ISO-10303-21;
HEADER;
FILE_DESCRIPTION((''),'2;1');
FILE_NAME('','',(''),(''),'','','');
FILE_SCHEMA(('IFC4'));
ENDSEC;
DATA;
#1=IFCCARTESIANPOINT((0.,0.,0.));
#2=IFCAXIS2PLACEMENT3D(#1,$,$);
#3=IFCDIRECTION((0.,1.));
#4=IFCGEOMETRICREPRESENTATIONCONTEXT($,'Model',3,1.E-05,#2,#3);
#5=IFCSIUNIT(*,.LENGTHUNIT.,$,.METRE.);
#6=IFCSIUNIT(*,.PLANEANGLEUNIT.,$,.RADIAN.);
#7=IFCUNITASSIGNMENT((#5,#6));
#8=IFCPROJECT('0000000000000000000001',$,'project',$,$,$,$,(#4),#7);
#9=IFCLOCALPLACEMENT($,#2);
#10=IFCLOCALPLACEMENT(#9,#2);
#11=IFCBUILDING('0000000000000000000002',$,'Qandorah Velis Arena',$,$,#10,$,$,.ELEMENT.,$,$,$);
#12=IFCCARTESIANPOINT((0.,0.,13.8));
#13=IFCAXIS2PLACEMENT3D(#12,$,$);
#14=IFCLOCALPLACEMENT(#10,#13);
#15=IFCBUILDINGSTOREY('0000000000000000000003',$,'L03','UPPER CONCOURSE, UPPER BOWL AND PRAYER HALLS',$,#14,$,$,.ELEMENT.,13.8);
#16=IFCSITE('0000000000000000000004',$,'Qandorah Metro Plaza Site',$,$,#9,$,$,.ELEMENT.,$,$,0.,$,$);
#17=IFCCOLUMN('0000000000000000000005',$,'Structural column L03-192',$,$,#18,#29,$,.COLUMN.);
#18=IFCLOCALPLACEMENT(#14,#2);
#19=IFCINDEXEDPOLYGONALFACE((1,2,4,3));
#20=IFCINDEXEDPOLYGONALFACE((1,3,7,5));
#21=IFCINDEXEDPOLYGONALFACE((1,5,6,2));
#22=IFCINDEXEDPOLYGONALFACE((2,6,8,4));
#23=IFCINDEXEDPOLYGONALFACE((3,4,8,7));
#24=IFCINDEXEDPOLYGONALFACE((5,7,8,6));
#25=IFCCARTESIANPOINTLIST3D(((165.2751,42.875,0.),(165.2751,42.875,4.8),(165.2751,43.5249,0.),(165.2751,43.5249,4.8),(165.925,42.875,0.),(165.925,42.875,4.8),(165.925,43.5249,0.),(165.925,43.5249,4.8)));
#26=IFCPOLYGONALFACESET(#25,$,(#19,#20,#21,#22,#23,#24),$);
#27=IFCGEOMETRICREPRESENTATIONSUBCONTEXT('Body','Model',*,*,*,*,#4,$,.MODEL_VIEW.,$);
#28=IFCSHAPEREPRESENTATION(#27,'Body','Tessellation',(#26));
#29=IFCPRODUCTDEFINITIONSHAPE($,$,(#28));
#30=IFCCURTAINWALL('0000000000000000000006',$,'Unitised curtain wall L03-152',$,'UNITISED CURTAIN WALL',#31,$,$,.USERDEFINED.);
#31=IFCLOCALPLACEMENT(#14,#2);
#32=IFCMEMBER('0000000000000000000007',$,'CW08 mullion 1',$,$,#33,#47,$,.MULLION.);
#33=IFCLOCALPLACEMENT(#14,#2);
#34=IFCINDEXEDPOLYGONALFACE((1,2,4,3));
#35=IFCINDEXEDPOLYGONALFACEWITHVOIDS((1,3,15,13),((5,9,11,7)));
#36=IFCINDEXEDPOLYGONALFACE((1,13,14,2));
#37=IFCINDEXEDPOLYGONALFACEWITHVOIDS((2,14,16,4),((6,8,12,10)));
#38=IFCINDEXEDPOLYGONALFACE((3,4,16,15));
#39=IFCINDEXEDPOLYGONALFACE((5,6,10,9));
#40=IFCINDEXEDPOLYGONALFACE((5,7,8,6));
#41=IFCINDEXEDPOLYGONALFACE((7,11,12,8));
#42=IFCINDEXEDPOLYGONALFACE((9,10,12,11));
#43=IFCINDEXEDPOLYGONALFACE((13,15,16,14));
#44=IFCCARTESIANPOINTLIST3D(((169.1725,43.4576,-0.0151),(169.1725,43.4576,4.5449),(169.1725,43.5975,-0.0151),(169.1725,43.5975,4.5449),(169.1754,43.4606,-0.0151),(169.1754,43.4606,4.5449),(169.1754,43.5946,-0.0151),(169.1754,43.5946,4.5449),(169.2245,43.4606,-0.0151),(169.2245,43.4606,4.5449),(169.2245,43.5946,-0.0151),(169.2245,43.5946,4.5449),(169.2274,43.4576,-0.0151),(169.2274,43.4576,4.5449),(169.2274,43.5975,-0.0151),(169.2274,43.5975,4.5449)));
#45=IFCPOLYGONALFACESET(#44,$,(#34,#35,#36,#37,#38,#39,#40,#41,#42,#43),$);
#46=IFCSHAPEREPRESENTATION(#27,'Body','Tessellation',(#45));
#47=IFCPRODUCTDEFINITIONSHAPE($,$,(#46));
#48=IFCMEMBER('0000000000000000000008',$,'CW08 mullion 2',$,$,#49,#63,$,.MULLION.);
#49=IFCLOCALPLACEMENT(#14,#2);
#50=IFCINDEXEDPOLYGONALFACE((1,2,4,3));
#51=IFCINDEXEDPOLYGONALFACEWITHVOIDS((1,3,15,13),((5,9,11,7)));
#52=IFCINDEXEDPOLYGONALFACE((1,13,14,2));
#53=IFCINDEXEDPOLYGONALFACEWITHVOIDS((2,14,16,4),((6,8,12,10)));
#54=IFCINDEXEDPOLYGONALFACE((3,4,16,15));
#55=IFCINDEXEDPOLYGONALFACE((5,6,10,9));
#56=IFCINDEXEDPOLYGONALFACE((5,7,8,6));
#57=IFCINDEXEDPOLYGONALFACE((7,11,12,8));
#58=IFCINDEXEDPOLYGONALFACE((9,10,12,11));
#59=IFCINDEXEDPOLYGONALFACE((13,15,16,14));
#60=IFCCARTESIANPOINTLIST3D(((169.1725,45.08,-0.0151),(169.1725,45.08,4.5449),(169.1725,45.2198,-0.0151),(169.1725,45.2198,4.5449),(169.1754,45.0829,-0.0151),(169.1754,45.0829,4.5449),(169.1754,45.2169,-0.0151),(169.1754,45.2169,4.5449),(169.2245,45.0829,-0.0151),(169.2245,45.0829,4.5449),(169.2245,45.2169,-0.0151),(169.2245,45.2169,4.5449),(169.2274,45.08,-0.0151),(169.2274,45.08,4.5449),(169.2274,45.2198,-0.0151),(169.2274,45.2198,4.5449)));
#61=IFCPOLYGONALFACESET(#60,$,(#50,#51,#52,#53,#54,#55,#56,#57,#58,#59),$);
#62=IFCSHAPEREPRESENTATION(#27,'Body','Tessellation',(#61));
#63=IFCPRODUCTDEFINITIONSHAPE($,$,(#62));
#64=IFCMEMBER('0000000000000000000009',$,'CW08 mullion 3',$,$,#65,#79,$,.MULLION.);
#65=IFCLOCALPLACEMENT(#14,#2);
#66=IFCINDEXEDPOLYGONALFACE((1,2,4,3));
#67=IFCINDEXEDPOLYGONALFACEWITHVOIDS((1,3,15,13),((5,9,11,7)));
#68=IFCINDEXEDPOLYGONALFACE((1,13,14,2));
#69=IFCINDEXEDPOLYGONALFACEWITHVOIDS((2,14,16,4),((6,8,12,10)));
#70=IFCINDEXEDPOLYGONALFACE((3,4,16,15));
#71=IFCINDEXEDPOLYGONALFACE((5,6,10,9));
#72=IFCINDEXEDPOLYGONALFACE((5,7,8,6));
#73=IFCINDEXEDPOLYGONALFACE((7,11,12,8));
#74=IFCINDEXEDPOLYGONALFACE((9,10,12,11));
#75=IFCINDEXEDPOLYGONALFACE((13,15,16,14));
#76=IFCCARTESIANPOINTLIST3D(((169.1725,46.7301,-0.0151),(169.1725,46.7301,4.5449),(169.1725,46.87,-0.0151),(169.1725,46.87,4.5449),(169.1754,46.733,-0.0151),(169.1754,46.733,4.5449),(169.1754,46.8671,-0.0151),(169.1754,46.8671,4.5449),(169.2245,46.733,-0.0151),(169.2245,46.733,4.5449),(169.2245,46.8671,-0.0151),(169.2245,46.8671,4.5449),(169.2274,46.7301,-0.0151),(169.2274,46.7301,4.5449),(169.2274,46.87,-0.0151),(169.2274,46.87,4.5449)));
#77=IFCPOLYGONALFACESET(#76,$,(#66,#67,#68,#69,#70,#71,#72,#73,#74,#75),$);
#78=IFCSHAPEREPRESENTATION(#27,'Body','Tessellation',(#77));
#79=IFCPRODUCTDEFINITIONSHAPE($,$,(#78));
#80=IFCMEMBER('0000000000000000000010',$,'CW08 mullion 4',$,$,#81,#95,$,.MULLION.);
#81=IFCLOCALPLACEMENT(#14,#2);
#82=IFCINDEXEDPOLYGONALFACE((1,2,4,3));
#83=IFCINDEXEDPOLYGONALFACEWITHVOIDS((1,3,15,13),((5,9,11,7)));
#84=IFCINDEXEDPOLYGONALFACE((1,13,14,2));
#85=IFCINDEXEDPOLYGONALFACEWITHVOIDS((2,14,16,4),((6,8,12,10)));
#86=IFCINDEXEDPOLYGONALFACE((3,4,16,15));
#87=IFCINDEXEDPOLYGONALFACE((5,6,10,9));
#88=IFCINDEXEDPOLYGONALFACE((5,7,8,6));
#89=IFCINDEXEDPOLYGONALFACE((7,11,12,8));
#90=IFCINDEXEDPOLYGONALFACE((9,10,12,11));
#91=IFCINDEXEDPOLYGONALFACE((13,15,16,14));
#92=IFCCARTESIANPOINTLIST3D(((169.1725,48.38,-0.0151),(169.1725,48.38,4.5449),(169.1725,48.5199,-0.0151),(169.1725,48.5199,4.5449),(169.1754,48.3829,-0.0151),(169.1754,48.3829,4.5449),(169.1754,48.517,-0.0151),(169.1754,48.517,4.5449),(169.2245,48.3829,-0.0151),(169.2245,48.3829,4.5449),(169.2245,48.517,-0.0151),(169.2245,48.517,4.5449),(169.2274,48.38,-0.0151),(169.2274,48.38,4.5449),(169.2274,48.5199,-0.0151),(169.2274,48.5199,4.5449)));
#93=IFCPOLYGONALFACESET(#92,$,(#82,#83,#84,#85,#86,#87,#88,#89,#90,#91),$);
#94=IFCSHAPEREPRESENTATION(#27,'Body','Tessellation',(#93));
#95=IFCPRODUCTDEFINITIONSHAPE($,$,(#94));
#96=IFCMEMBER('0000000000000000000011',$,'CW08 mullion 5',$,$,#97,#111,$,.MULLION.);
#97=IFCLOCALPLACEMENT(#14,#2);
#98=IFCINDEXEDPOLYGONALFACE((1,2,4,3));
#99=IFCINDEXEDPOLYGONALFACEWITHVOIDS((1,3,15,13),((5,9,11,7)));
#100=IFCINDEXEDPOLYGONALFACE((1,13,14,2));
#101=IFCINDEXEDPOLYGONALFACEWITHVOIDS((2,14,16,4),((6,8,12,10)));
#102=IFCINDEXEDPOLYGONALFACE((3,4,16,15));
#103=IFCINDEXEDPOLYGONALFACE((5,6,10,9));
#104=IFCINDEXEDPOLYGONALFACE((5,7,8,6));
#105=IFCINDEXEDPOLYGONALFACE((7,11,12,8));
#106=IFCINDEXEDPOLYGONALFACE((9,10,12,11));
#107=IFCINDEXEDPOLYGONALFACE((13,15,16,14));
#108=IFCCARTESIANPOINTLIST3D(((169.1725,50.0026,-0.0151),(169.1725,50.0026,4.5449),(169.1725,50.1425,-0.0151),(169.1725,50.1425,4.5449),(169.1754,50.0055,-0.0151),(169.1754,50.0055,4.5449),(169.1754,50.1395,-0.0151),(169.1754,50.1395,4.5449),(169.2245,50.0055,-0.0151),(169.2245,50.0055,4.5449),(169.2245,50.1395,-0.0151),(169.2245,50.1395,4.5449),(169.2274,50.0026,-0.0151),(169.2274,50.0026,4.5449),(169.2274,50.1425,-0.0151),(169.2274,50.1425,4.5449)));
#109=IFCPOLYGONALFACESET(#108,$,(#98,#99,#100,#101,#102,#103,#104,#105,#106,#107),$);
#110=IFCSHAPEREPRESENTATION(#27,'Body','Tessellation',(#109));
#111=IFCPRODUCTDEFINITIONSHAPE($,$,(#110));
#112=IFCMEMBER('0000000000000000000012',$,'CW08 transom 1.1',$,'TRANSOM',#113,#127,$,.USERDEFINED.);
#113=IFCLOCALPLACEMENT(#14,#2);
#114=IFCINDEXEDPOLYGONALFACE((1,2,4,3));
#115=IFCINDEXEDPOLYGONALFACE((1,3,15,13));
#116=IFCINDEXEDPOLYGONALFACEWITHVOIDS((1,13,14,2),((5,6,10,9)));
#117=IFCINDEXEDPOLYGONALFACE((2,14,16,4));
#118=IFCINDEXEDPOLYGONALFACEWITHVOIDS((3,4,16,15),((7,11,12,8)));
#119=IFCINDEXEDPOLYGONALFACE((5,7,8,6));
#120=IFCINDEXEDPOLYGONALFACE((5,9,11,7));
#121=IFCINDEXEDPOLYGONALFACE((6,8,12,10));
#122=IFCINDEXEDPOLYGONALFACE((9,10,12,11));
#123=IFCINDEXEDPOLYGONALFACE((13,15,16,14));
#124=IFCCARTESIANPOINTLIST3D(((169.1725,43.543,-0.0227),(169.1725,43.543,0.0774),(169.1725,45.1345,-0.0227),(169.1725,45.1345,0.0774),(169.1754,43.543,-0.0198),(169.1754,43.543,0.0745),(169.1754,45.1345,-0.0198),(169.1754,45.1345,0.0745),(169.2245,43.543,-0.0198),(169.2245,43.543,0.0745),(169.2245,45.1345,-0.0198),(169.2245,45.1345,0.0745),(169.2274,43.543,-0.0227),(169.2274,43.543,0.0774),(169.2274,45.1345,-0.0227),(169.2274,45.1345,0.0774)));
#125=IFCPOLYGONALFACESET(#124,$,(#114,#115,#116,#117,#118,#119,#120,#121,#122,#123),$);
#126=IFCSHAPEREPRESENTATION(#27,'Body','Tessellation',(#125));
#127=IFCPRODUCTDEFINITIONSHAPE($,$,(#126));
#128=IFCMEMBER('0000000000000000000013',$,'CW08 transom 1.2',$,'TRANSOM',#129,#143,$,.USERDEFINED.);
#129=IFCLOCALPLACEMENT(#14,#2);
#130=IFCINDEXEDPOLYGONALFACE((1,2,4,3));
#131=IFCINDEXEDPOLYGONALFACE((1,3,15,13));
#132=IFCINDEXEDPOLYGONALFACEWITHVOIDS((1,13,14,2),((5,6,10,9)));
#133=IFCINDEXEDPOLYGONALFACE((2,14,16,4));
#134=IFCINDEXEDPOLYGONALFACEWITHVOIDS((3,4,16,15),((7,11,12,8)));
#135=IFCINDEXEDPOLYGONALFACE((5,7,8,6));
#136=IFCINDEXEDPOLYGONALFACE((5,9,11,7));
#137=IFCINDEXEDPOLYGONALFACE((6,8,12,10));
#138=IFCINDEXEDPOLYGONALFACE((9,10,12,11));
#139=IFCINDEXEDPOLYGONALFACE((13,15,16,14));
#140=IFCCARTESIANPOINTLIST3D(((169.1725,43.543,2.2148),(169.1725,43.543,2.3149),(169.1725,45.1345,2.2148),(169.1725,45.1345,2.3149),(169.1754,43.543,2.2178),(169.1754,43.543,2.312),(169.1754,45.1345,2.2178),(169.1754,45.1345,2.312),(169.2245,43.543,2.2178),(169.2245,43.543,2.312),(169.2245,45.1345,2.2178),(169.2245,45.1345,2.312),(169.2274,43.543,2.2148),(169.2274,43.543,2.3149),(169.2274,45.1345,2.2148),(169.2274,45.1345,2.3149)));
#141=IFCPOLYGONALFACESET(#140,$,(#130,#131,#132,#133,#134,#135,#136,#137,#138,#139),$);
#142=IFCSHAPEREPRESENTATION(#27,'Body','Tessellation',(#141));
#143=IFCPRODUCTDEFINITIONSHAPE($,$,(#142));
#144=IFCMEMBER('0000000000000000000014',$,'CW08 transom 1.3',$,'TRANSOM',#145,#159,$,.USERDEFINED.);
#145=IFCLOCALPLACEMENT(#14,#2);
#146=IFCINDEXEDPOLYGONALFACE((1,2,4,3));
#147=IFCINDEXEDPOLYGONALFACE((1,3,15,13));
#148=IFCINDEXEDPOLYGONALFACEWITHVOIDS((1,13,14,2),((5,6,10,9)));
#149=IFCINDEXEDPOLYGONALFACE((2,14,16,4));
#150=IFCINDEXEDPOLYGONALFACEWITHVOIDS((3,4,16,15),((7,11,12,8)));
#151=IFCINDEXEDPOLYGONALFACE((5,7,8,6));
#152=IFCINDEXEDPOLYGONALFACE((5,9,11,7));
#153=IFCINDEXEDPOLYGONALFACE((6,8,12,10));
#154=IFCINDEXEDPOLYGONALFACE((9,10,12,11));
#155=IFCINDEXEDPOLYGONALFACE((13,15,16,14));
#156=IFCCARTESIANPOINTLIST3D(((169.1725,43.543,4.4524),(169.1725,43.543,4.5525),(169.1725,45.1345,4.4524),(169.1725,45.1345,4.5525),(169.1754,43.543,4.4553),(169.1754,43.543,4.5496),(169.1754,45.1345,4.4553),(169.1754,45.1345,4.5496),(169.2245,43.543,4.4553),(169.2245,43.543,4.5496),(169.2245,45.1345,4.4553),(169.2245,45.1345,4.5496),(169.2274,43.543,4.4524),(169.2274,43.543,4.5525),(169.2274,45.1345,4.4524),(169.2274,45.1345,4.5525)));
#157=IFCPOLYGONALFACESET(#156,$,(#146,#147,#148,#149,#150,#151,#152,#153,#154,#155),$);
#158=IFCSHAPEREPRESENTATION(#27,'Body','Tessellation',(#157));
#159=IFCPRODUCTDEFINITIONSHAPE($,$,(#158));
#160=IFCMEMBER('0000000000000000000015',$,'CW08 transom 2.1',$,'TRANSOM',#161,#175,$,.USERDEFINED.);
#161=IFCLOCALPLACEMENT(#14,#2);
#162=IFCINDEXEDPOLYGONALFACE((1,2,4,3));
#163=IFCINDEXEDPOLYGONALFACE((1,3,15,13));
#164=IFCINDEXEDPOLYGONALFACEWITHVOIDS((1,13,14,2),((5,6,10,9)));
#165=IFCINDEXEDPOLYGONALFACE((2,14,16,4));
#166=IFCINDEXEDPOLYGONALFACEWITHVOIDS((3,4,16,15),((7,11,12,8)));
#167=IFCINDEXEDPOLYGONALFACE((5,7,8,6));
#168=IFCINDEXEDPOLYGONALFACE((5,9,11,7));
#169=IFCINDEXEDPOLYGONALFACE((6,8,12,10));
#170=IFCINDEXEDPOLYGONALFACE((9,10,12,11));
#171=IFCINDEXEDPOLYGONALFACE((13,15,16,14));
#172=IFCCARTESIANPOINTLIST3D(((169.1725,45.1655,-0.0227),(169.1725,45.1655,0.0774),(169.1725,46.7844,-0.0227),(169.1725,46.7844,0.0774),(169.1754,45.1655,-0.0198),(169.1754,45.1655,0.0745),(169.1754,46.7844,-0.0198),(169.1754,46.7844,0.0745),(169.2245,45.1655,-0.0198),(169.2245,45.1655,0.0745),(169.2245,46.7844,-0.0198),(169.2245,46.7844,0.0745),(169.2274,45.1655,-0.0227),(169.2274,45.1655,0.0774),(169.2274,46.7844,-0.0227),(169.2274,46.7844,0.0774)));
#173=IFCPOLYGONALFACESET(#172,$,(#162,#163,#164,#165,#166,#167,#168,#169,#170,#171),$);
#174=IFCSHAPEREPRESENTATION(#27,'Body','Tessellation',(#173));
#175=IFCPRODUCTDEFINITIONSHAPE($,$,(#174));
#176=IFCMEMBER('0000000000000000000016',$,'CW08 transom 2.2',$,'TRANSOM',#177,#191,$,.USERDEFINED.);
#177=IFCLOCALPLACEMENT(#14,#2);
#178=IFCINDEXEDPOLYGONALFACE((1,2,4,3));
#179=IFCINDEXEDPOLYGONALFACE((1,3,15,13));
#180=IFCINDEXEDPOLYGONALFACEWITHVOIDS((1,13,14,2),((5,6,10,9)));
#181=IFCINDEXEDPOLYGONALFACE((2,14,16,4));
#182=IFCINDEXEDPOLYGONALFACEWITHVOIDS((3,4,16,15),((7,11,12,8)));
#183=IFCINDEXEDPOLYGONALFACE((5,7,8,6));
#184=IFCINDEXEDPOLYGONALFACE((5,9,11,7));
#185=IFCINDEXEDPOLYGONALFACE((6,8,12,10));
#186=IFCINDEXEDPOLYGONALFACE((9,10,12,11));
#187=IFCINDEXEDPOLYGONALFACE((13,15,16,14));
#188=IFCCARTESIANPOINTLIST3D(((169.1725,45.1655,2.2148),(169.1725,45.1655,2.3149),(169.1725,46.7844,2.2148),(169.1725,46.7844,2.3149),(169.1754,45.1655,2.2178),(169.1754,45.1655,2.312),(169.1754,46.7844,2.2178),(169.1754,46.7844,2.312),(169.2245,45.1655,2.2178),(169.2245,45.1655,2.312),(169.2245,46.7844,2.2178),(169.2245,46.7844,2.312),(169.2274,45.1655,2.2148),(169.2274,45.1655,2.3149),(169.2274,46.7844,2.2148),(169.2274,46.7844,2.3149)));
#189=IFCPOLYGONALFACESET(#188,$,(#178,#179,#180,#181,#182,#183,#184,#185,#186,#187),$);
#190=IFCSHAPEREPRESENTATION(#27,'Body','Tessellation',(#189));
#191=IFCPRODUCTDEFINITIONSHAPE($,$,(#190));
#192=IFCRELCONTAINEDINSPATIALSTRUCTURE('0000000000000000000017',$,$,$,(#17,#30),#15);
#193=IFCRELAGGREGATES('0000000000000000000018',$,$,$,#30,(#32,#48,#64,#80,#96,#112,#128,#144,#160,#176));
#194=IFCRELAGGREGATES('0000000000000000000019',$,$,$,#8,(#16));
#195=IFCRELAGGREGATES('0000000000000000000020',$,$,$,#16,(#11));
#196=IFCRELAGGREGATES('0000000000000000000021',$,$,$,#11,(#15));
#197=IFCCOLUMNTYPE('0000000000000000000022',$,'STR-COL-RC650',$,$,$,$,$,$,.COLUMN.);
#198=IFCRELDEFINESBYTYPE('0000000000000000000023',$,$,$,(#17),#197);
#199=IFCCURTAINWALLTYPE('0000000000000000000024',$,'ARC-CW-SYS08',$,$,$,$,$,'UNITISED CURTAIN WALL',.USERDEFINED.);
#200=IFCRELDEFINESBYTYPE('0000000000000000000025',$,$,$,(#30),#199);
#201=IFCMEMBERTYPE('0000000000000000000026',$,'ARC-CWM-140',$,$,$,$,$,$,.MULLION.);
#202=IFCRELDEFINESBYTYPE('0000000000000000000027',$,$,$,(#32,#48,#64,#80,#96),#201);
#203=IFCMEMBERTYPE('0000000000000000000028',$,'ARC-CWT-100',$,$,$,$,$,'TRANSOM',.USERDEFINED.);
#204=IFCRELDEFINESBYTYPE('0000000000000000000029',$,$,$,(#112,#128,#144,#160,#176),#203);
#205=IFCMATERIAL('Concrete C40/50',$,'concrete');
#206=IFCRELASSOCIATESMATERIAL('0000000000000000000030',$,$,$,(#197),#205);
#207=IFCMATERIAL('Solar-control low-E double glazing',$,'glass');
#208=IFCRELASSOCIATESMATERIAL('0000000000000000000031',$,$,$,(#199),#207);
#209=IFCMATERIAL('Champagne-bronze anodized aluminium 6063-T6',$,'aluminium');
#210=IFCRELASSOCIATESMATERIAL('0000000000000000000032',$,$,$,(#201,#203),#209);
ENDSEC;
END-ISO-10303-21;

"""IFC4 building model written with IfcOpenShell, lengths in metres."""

from ifc_helpers import new_model, si_unit, direction, frame, origin, origin_2d, place, context, subcontext, project, spatial, rectangle, hollow_rectangle, extrude, material, material_profile, profile_set, type_object, element, aggregate, save


model = new_model("IFC4")

# Units and contexts
model_context = context("Model", 3, precision=1e-05, world=origin(), true_north=direction((0.0, 1.0)))
body_context = subcontext(model_context, "Body", "Model", "MODEL_VIEW")
ifc_project = project(units=[si_unit("LENGTHUNIT", "METRE"), si_unit("PLANEANGLEUNIT", "RADIAN")], contexts=[model_context])

# Site, building, storey
site_placement = place(None, origin())
site = spatial("IfcSite", under=ifc_project, at=site_placement, Name="Qandorah Metro Plaza Site", CompositionType="ELEMENT", RefElevation=0.0)
building_placement = place(site_placement, origin())
building = spatial("IfcBuilding", under=site, at=building_placement, Name="Qandorah Velis Arena", CompositionType="ELEMENT")
storey_placement = place(building_placement, frame((0.0, 0.0, 13.8)))
storey = spatial("IfcBuildingStorey", under=building, at=storey_placement, Name="L03", Description="UPPER CONCOURSE, UPPER BOWL AND PRAYER HALLS", CompositionType="ELEMENT", Elevation=13.8)

# Column
ifc_material_1 = material(Name="Concrete C40/50", Category="concrete")
ifc_material_profile_1 = material_profile(ifc_material_1, rectangle(XDim=0.6499, YDim=0.6499, at=origin_2d()), Name="RC COL 650x650")
ifc_profile_set_1 = profile_set([ifc_material_profile_1], Name="Concrete C40/50")
column_type = type_object("IfcColumnType", Name="STR-COL-RC650", PredefinedType="COLUMN", material=ifc_profile_set_1)
column_placement = place(storey_placement, frame((165.6001, 43.2, 0.0), z_axis=(0.0, 0.0, 1.0), x_axis=(1.0, 0.0, 0.0)))
element("IfcColumn", 1, at=column_placement, inside=storey, type_object=column_type, Name="Structural column L03-192", PredefinedType="COLUMN", context=body_context, shape_type="SweptSolid", body=[
    extrude(rectangle(XDim=0.6499, YDim=0.6499, at=origin_2d()), origin(), (0.0, 0.0, 1.0), 4.8),
])

# Curtain wall, members
ifc_material_2 = material(Name="Solar-control low-E double glazing", Category="glass")
curtain_wall_type = type_object("IfcCurtainWallType", Name="ARC-CW-SYS08", ElementType="UNITISED CURTAIN WALL", PredefinedType="USERDEFINED", material=ifc_material_2)
curtain_wall_placement = place(storey_placement, origin())
curtain_wall = element("IfcCurtainWall", 2, at=curtain_wall_placement, inside=storey, type_object=curtain_wall_type, Name="Unitised curtain wall L03-152", ObjectType="UNITISED CURTAIN WALL", PredefinedType="USERDEFINED")
ifc_material_3 = material(Name="Champagne-bronze anodized aluminium 6063-T6", Category="aluminium")
ifc_material_profile_2 = material_profile(ifc_material_3, hollow_rectangle(XDim=0.0549, YDim=0.1399, WallThickness=0.0029, at=origin_2d()), Name="ALU MULLION 55x140")
ifc_profile_set_2 = profile_set([ifc_material_profile_2], Name="Champagne-bronze anodized aluminium 6063-T6")
member_type_1 = type_object("IfcMemberType", Name="ARC-CWM-140", PredefinedType="MULLION", material=ifc_profile_set_2)
member_1_placement = place(storey_placement, frame((169.2, 43.5276, -0.0151), z_axis=(0.0, 0.0, 1.0), x_axis=(-1.0, 0.0, 0.0)))
member_1 = element("IfcMember", 3, at=member_1_placement, type_object=member_type_1, Name="CW08 mullion 1", PredefinedType="MULLION", context=body_context, shape_type="SweptSolid", body=[
    extrude(hollow_rectangle(XDim=0.0549, YDim=0.1399, WallThickness=0.0029, at=origin_2d()), origin(), (0.0, 0.0, 1.0), 4.5601),
])
member_2_placement = place(storey_placement, frame((169.2, 45.1499, -0.0151), z_axis=(0.0, 0.0, 1.0), x_axis=(-1.0, 0.0, 0.0)))
member_2 = element("IfcMember", 4, at=member_2_placement, type_object=member_type_1, Name="CW08 mullion 2", PredefinedType="MULLION", context=body_context, shape_type="SweptSolid", body=[
    extrude(hollow_rectangle(XDim=0.0549, YDim=0.1399, WallThickness=0.0029, at=origin_2d()), origin(), (0.0, 0.0, 1.0), 4.5601),
])
member_3_placement = place(storey_placement, frame((169.2, 46.8, -0.0151), z_axis=(0.0, 0.0, 1.0), x_axis=(-1.0, 0.0, 0.0)))
member_3 = element("IfcMember", 5, at=member_3_placement, type_object=member_type_1, Name="CW08 mullion 3", PredefinedType="MULLION", context=body_context, shape_type="SweptSolid", body=[
    extrude(hollow_rectangle(XDim=0.0549, YDim=0.1399, WallThickness=0.0029, at=origin_2d()), origin(), (0.0, 0.0, 1.0), 4.5601),
])
member_4_placement = place(storey_placement, frame((169.2, 48.45, -0.0151), z_axis=(0.0, 0.0, 1.0), x_axis=(-1.0, 0.0, 0.0)))
member_4 = element("IfcMember", 6, at=member_4_placement, type_object=member_type_1, Name="CW08 mullion 4", PredefinedType="MULLION", context=body_context, shape_type="SweptSolid", body=[
    extrude(hollow_rectangle(XDim=0.0549, YDim=0.1399, WallThickness=0.0029, at=origin_2d()), origin(), (0.0, 0.0, 1.0), 4.5601),
])
member_5_placement = place(storey_placement, frame((169.2, 50.0725, -0.0151), z_axis=(0.0, 0.0, 1.0), x_axis=(-1.0, 0.0, 0.0)))
member_5 = element("IfcMember", 7, at=member_5_placement, type_object=member_type_1, Name="CW08 mullion 5", PredefinedType="MULLION", context=body_context, shape_type="SweptSolid", body=[
    extrude(hollow_rectangle(XDim=0.0549, YDim=0.1399, WallThickness=0.0029, at=origin_2d()), origin(), (0.0, 0.0, 1.0), 4.5601),
])
ifc_material_profile_3 = material_profile(ifc_material_3, hollow_rectangle(XDim=0.0549, YDim=0.1001, WallThickness=0.0029, at=origin_2d()), Name="ALU TRANSOM 55x100")
ifc_profile_set_3 = profile_set([ifc_material_profile_3], Name="Champagne-bronze anodized aluminium 6063-T6")
member_type_2 = type_object("IfcMemberType", Name="ARC-CWT-100", ElementType="TRANSOM", PredefinedType="USERDEFINED", material=ifc_profile_set_3)
member_6_placement = place(storey_placement, frame((169.2, 43.543, 0.0273), z_axis=(0.0, 1.0, 0.0), x_axis=(-1.0, 0.0, 0.0)))
member_6 = element("IfcMember", 8, at=member_6_placement, type_object=member_type_2, Name="CW08 transom 1.1", ObjectType="TRANSOM", PredefinedType="USERDEFINED", context=body_context, shape_type="SweptSolid", body=[
    extrude(hollow_rectangle(XDim=0.0549, YDim=0.1001, WallThickness=0.0029, at=origin_2d()), origin(), (0.0, 0.0, 1.0), 1.5916),
])
member_7_placement = place(storey_placement, frame((169.2, 43.543, 2.2649), z_axis=(0.0, 1.0, 0.0), x_axis=(-1.0, 0.0, 0.0)))
member_7 = element("IfcMember", 9, at=member_7_placement, type_object=member_type_2, Name="CW08 transom 1.2", ObjectType="TRANSOM", PredefinedType="USERDEFINED", context=body_context, shape_type="SweptSolid", body=[
    extrude(hollow_rectangle(XDim=0.0549, YDim=0.1001, WallThickness=0.0029, at=origin_2d()), origin(), (0.0, 0.0, 1.0), 1.5916),
])
member_8_placement = place(storey_placement, frame((169.2, 43.543, 4.5024), z_axis=(0.0, 1.0, 0.0), x_axis=(-1.0, 0.0, 0.0)))
member_8 = element("IfcMember", 10, at=member_8_placement, type_object=member_type_2, Name="CW08 transom 1.3", ObjectType="TRANSOM", PredefinedType="USERDEFINED", context=body_context, shape_type="SweptSolid", body=[
    extrude(hollow_rectangle(XDim=0.0549, YDim=0.1001, WallThickness=0.0029, at=origin_2d()), origin(), (0.0, 0.0, 1.0), 1.5916),
])
member_9_placement = place(storey_placement, frame((169.2, 45.1655, 0.0273), z_axis=(0.0, 1.0, 0.0), x_axis=(-1.0, 0.0, 0.0)))
member_9 = element("IfcMember", 11, at=member_9_placement, type_object=member_type_2, Name="CW08 transom 2.1", ObjectType="TRANSOM", PredefinedType="USERDEFINED", context=body_context, shape_type="SweptSolid", body=[
    extrude(hollow_rectangle(XDim=0.0549, YDim=0.1001, WallThickness=0.0029, at=origin_2d()), origin(), (0.0, 0.0, 1.0), 1.6189),
])
member_10_placement = place(storey_placement, frame((169.2, 45.1655, 2.2649), z_axis=(0.0, 1.0, 0.0), x_axis=(-1.0, 0.0, 0.0)))
member_10 = element("IfcMember", 12, at=member_10_placement, type_object=member_type_2, Name="CW08 transom 2.2", ObjectType="TRANSOM", PredefinedType="USERDEFINED", context=body_context, shape_type="SweptSolid", body=[
    extrude(hollow_rectangle(XDim=0.0549, YDim=0.1001, WallThickness=0.0029, at=origin_2d()), origin(), (0.0, 0.0, 1.0), 1.6189),
])
aggregate(curtain_wall, [member_1, member_2, member_3, member_4, member_5, member_6, member_7, member_8, member_9, member_10])

save(model, "model.ifc")
